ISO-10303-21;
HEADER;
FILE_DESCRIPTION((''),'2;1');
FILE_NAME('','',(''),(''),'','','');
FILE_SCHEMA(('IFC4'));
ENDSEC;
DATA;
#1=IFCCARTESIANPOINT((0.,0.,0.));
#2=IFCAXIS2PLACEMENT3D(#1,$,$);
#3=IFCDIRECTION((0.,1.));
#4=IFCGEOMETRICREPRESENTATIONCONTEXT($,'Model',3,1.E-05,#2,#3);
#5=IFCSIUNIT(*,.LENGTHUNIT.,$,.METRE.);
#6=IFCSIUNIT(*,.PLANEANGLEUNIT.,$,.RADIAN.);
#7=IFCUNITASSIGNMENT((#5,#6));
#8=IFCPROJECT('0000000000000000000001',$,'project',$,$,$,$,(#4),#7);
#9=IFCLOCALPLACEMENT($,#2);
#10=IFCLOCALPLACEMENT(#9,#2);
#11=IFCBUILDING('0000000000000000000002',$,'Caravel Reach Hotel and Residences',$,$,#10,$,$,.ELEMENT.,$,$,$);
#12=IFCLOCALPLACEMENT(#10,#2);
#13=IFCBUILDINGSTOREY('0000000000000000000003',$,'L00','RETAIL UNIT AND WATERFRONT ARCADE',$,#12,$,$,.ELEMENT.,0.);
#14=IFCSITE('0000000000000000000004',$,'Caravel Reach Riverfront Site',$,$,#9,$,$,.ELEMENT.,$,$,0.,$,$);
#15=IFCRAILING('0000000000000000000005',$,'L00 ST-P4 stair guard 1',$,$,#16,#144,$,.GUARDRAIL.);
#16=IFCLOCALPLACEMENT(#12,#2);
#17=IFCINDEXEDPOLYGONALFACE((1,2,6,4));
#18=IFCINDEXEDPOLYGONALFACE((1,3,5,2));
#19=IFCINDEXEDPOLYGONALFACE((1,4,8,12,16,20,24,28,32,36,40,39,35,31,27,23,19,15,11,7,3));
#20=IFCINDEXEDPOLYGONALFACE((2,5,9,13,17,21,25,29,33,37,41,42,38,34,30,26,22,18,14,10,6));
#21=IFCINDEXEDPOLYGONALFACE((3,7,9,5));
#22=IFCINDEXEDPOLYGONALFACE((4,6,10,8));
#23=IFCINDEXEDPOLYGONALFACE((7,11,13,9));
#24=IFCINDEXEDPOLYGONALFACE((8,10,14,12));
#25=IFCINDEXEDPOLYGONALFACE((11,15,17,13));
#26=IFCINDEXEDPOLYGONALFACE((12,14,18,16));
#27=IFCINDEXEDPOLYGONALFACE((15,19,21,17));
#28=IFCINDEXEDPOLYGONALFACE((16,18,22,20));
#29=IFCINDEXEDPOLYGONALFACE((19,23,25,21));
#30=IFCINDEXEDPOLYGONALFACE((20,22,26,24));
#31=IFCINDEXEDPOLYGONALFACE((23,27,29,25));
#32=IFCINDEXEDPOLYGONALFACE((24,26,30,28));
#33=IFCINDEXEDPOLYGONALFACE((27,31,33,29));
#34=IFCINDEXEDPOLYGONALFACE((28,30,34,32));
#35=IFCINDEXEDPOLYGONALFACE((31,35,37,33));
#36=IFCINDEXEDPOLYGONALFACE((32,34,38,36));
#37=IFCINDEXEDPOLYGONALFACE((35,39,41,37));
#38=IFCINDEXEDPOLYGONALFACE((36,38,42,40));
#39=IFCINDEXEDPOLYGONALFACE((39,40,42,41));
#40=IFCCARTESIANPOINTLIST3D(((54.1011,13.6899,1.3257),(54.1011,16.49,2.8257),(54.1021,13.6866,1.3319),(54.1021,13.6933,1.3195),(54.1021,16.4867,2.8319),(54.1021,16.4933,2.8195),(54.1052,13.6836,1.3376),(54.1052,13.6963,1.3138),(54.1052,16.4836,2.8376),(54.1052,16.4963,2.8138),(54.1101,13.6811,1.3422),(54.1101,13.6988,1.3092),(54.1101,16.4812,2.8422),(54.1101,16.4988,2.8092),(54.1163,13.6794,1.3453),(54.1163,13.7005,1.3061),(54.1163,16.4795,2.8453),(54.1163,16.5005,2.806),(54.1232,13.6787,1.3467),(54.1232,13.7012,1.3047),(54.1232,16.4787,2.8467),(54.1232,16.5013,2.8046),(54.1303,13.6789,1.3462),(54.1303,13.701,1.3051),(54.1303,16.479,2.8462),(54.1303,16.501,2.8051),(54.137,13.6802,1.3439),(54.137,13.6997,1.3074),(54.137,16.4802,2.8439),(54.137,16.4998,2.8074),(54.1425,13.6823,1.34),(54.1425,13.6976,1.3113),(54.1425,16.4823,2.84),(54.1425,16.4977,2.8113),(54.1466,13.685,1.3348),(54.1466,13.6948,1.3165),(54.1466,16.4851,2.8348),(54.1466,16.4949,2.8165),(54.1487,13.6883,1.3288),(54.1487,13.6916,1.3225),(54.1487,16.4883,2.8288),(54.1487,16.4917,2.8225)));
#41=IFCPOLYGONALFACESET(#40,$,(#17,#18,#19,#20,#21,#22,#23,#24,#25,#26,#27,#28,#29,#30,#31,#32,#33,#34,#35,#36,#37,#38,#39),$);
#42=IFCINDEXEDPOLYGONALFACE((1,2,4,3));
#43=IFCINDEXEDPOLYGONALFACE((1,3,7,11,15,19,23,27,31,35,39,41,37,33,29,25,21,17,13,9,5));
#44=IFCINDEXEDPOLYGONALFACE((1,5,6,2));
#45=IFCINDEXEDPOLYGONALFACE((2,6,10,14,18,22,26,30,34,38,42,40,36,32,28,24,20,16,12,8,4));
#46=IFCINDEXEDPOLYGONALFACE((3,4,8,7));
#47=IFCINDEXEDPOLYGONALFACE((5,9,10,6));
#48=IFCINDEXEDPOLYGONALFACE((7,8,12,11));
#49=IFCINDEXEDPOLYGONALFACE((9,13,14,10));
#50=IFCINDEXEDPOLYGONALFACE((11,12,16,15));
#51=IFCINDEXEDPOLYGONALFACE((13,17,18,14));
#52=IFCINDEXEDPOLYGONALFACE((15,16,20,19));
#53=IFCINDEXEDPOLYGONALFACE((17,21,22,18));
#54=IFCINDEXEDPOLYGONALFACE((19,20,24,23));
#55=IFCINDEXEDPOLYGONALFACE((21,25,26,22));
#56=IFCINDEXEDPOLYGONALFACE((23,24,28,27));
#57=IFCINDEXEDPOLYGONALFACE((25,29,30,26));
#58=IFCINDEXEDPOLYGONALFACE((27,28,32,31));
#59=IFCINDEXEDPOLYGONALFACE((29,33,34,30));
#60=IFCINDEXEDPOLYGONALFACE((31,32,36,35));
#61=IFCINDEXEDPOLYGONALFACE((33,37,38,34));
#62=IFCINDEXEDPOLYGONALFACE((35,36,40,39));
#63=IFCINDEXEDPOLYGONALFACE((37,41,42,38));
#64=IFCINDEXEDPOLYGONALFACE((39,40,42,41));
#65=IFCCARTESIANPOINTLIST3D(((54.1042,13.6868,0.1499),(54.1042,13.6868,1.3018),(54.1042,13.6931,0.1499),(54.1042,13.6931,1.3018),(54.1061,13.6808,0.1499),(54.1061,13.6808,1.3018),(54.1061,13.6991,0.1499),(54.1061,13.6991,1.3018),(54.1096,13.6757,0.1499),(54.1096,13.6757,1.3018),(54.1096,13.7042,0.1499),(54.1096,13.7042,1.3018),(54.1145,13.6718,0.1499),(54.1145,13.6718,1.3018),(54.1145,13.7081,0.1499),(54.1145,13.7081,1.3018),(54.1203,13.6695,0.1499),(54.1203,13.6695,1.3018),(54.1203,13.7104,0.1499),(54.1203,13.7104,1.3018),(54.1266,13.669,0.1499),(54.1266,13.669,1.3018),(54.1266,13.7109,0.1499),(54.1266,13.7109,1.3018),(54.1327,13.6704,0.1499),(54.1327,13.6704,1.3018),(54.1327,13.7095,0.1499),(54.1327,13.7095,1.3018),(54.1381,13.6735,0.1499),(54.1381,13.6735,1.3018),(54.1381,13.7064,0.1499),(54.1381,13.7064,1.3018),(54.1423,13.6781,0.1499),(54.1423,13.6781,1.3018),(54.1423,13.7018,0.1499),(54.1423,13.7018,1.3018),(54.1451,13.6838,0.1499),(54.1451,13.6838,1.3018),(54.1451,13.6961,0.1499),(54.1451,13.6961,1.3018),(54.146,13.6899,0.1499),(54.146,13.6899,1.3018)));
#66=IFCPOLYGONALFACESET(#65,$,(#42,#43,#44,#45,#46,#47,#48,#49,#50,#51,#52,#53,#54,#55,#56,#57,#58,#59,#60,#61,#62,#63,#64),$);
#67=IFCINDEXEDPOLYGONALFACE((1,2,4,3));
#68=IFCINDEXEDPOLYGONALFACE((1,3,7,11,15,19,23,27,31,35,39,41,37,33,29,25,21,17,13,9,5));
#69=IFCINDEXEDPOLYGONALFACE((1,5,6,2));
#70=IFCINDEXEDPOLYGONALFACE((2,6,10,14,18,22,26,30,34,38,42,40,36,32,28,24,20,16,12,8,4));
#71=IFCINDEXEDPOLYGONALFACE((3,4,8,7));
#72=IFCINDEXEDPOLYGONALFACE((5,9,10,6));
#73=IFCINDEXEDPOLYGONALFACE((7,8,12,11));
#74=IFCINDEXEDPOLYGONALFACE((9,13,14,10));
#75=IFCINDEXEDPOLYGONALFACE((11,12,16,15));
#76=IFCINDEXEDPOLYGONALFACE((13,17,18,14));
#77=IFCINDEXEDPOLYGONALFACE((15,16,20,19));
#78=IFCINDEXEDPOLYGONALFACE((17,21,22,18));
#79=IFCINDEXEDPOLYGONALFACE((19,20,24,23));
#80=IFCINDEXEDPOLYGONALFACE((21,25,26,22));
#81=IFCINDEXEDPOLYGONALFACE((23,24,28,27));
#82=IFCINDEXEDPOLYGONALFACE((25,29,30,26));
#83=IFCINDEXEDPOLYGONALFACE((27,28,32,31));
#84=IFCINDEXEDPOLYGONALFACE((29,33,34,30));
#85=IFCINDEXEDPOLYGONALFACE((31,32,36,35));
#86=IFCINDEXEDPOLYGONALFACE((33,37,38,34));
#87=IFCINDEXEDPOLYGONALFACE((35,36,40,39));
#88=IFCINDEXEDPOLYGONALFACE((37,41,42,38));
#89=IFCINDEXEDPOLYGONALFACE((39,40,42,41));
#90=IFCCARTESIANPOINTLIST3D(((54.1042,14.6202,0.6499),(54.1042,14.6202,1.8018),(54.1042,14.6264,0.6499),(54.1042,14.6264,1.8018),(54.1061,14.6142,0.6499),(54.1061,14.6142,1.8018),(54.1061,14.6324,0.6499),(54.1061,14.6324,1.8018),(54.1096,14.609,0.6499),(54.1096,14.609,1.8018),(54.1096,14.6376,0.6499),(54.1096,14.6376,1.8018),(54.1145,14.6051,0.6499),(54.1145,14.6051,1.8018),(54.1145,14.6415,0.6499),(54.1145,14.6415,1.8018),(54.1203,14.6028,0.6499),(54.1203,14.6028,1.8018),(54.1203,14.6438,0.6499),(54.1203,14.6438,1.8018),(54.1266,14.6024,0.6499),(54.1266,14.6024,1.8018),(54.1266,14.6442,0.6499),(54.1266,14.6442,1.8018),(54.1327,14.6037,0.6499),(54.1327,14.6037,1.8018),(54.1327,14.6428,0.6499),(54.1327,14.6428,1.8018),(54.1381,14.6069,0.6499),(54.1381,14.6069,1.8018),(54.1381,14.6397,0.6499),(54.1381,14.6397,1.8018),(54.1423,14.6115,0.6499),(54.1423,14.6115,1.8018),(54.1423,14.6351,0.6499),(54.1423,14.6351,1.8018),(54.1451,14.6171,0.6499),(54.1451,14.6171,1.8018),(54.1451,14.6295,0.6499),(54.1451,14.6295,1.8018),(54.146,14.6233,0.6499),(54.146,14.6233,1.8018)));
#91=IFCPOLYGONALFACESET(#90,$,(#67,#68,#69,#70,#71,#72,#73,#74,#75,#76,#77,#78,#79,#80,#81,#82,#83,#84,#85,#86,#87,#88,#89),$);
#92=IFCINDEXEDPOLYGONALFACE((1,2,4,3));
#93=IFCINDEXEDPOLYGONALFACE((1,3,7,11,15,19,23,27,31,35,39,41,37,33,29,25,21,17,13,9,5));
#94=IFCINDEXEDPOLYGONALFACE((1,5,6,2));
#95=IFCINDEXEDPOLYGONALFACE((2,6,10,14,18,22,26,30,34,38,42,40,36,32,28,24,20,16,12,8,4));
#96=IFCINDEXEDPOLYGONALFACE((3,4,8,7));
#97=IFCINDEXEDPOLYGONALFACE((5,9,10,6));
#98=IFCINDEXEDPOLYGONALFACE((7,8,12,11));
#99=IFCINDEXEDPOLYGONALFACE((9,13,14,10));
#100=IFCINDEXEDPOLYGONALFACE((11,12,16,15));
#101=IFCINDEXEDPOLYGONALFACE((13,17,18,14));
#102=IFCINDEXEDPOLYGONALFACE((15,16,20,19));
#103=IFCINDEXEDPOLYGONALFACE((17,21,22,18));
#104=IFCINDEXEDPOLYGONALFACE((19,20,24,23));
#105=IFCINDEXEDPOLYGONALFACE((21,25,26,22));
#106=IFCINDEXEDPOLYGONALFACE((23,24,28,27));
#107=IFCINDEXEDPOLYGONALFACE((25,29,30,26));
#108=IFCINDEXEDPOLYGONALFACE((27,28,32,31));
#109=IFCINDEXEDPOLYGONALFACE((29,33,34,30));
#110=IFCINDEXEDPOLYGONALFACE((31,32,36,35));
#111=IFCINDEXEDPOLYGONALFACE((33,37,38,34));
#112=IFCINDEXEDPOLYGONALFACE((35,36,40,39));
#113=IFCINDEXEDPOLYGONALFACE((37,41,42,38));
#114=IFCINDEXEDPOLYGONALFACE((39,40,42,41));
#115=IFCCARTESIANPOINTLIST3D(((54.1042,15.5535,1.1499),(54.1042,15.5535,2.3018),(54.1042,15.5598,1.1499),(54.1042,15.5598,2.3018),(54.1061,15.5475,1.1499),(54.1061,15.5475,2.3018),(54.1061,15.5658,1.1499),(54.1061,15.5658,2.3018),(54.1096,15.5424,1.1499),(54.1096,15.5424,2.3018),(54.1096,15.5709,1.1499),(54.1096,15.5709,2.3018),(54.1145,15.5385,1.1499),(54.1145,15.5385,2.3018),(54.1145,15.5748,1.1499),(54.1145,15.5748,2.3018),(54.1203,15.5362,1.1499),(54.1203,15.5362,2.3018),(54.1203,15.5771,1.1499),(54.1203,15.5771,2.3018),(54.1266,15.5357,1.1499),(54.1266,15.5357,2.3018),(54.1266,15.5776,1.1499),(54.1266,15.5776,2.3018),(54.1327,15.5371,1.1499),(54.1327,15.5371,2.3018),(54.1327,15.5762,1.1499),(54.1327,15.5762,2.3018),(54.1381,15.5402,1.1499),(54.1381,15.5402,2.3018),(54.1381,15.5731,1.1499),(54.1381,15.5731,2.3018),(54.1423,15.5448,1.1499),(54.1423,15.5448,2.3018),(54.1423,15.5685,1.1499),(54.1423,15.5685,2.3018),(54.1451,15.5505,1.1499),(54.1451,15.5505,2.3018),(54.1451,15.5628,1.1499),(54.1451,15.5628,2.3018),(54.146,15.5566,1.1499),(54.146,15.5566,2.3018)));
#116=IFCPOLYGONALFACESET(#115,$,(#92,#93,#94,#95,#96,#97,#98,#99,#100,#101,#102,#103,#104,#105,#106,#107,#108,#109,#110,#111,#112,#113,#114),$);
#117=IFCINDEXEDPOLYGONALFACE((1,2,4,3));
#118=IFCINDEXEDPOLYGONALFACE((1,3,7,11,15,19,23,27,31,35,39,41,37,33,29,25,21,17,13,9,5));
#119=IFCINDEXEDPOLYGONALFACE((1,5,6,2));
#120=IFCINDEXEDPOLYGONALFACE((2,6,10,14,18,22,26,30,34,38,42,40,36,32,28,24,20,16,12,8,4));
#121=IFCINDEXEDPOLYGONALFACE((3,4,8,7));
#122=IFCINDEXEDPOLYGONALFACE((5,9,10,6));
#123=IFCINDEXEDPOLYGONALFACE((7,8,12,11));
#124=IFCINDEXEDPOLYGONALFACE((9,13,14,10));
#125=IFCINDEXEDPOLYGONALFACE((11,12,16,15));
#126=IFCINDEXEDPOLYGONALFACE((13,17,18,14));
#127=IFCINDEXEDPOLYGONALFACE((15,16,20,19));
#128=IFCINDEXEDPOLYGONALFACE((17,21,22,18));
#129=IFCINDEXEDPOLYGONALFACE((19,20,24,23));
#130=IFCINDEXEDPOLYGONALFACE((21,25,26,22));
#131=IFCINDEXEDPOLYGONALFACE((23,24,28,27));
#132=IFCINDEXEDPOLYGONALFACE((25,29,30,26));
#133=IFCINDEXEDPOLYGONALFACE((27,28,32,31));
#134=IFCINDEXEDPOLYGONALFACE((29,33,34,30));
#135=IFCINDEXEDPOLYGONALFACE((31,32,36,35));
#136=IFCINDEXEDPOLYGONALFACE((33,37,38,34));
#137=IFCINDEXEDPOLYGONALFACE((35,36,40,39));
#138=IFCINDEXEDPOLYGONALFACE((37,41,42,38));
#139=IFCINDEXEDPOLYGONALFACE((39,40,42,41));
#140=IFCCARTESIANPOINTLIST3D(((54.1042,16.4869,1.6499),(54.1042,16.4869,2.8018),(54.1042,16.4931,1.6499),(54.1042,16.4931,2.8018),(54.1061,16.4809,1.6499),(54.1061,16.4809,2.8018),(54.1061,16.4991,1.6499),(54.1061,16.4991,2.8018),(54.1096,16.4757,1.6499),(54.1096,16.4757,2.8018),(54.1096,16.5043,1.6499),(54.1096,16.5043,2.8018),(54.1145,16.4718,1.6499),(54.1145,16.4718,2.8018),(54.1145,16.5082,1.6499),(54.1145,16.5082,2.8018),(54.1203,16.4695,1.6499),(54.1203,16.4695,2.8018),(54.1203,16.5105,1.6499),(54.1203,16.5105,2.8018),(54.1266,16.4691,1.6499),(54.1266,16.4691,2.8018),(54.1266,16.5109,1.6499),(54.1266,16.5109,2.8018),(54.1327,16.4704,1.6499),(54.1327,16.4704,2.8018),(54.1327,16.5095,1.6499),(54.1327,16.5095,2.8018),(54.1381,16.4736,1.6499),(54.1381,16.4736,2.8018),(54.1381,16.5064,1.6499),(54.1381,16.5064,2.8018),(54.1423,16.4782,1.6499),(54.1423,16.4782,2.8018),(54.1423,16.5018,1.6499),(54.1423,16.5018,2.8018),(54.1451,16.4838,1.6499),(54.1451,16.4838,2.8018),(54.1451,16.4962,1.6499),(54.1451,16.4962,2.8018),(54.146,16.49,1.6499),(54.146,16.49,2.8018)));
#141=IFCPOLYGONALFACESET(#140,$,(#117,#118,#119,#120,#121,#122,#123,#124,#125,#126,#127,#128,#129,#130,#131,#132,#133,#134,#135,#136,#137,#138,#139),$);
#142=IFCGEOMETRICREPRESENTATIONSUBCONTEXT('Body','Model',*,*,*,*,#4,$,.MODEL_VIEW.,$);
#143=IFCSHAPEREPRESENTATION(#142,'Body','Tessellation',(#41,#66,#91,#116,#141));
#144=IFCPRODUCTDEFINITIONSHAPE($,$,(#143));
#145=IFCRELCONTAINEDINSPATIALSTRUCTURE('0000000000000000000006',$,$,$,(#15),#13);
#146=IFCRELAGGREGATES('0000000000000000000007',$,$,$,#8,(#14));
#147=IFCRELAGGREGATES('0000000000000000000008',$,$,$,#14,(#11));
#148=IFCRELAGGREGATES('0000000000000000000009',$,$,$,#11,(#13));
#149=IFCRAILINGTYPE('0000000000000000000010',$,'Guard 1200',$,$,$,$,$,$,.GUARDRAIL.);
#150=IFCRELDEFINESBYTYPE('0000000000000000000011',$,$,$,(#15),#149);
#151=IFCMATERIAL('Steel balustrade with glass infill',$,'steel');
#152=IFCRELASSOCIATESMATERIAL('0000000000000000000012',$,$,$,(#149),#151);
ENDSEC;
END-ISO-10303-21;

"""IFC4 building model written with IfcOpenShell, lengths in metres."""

from ifc_helpers import new_model, si_unit, direction, frame, origin, origin_2d, place, context, subcontext, project, spatial, circle, extrude, material, type_object, element, save


model = new_model("IFC4")

# Units and contexts
model_context = context("Model", 3, precision=1e-05, world=origin(), true_north=direction((0.0, 1.0)))
body_context = subcontext(model_context, "Body", "Model", "MODEL_VIEW")
ifc_project = project(units=[si_unit("LENGTHUNIT", "METRE"), si_unit("PLANEANGLEUNIT", "RADIAN")], contexts=[model_context])

# Site, building, storey
site_placement = place(None, origin())
site = spatial("IfcSite", under=ifc_project, at=site_placement, Name="Caravel Reach Riverfront Site", CompositionType="ELEMENT", RefElevation=0.0)
building_placement = place(site_placement, origin())
building = spatial("IfcBuilding", under=site, at=building_placement, Name="Caravel Reach Hotel and Residences", CompositionType="ELEMENT")
storey_placement = place(building_placement, origin())
storey = spatial("IfcBuildingStorey", under=building, at=storey_placement, Name="L00", Description="RETAIL UNIT AND WATERFRONT ARCADE", CompositionType="ELEMENT", Elevation=0.0)

# Railing
ifc_material_1 = material(Name="Steel balustrade with glass infill", Category="steel")
railing_type_1 = type_object("IfcRailingType", Name="Guard 1200", PredefinedType="GUARDRAIL", material=ifc_material_1)
railing_1_placement = place(storey_placement, frame((54.125, 13.6899, 0.1499)))
element("IfcRailing", 1, at=railing_1_placement, inside=storey, type_object=railing_type_1, Name="L00 ST-P4 stair guard 1", PredefinedType="GUARDRAIL", context=body_context, shape_type="SweptSolid", body=[
    extrude(circle(Radius=0.0239, at=origin_2d()), frame((0.0, 0.0, 1.1758), z_axis=(0.0, 0.881483, 0.472215), x_axis=(-1.0, 0.0, 0.0)), (0.0, 0.0, 1.0), 3.1765),
    extrude(circle(Radius=0.021, at=origin_2d()), origin(), (0.0, 0.0, 1.0), 1.1519),
    extrude(circle(Radius=0.021, at=origin_2d()), frame((0.0, 0.9333, 0.5)), (0.0, 0.0, 1.0), 1.1519),
    extrude(circle(Radius=0.021, at=origin_2d()), frame((0.0, 1.8667, 1.0)), (0.0, 0.0, 1.0), 1.1519),
    extrude(circle(Radius=0.021, at=origin_2d()), frame((0.0, 2.8, 1.5)), (0.0, 0.0, 1.0), 1.1519),
])

save(model, "model.ifc")
